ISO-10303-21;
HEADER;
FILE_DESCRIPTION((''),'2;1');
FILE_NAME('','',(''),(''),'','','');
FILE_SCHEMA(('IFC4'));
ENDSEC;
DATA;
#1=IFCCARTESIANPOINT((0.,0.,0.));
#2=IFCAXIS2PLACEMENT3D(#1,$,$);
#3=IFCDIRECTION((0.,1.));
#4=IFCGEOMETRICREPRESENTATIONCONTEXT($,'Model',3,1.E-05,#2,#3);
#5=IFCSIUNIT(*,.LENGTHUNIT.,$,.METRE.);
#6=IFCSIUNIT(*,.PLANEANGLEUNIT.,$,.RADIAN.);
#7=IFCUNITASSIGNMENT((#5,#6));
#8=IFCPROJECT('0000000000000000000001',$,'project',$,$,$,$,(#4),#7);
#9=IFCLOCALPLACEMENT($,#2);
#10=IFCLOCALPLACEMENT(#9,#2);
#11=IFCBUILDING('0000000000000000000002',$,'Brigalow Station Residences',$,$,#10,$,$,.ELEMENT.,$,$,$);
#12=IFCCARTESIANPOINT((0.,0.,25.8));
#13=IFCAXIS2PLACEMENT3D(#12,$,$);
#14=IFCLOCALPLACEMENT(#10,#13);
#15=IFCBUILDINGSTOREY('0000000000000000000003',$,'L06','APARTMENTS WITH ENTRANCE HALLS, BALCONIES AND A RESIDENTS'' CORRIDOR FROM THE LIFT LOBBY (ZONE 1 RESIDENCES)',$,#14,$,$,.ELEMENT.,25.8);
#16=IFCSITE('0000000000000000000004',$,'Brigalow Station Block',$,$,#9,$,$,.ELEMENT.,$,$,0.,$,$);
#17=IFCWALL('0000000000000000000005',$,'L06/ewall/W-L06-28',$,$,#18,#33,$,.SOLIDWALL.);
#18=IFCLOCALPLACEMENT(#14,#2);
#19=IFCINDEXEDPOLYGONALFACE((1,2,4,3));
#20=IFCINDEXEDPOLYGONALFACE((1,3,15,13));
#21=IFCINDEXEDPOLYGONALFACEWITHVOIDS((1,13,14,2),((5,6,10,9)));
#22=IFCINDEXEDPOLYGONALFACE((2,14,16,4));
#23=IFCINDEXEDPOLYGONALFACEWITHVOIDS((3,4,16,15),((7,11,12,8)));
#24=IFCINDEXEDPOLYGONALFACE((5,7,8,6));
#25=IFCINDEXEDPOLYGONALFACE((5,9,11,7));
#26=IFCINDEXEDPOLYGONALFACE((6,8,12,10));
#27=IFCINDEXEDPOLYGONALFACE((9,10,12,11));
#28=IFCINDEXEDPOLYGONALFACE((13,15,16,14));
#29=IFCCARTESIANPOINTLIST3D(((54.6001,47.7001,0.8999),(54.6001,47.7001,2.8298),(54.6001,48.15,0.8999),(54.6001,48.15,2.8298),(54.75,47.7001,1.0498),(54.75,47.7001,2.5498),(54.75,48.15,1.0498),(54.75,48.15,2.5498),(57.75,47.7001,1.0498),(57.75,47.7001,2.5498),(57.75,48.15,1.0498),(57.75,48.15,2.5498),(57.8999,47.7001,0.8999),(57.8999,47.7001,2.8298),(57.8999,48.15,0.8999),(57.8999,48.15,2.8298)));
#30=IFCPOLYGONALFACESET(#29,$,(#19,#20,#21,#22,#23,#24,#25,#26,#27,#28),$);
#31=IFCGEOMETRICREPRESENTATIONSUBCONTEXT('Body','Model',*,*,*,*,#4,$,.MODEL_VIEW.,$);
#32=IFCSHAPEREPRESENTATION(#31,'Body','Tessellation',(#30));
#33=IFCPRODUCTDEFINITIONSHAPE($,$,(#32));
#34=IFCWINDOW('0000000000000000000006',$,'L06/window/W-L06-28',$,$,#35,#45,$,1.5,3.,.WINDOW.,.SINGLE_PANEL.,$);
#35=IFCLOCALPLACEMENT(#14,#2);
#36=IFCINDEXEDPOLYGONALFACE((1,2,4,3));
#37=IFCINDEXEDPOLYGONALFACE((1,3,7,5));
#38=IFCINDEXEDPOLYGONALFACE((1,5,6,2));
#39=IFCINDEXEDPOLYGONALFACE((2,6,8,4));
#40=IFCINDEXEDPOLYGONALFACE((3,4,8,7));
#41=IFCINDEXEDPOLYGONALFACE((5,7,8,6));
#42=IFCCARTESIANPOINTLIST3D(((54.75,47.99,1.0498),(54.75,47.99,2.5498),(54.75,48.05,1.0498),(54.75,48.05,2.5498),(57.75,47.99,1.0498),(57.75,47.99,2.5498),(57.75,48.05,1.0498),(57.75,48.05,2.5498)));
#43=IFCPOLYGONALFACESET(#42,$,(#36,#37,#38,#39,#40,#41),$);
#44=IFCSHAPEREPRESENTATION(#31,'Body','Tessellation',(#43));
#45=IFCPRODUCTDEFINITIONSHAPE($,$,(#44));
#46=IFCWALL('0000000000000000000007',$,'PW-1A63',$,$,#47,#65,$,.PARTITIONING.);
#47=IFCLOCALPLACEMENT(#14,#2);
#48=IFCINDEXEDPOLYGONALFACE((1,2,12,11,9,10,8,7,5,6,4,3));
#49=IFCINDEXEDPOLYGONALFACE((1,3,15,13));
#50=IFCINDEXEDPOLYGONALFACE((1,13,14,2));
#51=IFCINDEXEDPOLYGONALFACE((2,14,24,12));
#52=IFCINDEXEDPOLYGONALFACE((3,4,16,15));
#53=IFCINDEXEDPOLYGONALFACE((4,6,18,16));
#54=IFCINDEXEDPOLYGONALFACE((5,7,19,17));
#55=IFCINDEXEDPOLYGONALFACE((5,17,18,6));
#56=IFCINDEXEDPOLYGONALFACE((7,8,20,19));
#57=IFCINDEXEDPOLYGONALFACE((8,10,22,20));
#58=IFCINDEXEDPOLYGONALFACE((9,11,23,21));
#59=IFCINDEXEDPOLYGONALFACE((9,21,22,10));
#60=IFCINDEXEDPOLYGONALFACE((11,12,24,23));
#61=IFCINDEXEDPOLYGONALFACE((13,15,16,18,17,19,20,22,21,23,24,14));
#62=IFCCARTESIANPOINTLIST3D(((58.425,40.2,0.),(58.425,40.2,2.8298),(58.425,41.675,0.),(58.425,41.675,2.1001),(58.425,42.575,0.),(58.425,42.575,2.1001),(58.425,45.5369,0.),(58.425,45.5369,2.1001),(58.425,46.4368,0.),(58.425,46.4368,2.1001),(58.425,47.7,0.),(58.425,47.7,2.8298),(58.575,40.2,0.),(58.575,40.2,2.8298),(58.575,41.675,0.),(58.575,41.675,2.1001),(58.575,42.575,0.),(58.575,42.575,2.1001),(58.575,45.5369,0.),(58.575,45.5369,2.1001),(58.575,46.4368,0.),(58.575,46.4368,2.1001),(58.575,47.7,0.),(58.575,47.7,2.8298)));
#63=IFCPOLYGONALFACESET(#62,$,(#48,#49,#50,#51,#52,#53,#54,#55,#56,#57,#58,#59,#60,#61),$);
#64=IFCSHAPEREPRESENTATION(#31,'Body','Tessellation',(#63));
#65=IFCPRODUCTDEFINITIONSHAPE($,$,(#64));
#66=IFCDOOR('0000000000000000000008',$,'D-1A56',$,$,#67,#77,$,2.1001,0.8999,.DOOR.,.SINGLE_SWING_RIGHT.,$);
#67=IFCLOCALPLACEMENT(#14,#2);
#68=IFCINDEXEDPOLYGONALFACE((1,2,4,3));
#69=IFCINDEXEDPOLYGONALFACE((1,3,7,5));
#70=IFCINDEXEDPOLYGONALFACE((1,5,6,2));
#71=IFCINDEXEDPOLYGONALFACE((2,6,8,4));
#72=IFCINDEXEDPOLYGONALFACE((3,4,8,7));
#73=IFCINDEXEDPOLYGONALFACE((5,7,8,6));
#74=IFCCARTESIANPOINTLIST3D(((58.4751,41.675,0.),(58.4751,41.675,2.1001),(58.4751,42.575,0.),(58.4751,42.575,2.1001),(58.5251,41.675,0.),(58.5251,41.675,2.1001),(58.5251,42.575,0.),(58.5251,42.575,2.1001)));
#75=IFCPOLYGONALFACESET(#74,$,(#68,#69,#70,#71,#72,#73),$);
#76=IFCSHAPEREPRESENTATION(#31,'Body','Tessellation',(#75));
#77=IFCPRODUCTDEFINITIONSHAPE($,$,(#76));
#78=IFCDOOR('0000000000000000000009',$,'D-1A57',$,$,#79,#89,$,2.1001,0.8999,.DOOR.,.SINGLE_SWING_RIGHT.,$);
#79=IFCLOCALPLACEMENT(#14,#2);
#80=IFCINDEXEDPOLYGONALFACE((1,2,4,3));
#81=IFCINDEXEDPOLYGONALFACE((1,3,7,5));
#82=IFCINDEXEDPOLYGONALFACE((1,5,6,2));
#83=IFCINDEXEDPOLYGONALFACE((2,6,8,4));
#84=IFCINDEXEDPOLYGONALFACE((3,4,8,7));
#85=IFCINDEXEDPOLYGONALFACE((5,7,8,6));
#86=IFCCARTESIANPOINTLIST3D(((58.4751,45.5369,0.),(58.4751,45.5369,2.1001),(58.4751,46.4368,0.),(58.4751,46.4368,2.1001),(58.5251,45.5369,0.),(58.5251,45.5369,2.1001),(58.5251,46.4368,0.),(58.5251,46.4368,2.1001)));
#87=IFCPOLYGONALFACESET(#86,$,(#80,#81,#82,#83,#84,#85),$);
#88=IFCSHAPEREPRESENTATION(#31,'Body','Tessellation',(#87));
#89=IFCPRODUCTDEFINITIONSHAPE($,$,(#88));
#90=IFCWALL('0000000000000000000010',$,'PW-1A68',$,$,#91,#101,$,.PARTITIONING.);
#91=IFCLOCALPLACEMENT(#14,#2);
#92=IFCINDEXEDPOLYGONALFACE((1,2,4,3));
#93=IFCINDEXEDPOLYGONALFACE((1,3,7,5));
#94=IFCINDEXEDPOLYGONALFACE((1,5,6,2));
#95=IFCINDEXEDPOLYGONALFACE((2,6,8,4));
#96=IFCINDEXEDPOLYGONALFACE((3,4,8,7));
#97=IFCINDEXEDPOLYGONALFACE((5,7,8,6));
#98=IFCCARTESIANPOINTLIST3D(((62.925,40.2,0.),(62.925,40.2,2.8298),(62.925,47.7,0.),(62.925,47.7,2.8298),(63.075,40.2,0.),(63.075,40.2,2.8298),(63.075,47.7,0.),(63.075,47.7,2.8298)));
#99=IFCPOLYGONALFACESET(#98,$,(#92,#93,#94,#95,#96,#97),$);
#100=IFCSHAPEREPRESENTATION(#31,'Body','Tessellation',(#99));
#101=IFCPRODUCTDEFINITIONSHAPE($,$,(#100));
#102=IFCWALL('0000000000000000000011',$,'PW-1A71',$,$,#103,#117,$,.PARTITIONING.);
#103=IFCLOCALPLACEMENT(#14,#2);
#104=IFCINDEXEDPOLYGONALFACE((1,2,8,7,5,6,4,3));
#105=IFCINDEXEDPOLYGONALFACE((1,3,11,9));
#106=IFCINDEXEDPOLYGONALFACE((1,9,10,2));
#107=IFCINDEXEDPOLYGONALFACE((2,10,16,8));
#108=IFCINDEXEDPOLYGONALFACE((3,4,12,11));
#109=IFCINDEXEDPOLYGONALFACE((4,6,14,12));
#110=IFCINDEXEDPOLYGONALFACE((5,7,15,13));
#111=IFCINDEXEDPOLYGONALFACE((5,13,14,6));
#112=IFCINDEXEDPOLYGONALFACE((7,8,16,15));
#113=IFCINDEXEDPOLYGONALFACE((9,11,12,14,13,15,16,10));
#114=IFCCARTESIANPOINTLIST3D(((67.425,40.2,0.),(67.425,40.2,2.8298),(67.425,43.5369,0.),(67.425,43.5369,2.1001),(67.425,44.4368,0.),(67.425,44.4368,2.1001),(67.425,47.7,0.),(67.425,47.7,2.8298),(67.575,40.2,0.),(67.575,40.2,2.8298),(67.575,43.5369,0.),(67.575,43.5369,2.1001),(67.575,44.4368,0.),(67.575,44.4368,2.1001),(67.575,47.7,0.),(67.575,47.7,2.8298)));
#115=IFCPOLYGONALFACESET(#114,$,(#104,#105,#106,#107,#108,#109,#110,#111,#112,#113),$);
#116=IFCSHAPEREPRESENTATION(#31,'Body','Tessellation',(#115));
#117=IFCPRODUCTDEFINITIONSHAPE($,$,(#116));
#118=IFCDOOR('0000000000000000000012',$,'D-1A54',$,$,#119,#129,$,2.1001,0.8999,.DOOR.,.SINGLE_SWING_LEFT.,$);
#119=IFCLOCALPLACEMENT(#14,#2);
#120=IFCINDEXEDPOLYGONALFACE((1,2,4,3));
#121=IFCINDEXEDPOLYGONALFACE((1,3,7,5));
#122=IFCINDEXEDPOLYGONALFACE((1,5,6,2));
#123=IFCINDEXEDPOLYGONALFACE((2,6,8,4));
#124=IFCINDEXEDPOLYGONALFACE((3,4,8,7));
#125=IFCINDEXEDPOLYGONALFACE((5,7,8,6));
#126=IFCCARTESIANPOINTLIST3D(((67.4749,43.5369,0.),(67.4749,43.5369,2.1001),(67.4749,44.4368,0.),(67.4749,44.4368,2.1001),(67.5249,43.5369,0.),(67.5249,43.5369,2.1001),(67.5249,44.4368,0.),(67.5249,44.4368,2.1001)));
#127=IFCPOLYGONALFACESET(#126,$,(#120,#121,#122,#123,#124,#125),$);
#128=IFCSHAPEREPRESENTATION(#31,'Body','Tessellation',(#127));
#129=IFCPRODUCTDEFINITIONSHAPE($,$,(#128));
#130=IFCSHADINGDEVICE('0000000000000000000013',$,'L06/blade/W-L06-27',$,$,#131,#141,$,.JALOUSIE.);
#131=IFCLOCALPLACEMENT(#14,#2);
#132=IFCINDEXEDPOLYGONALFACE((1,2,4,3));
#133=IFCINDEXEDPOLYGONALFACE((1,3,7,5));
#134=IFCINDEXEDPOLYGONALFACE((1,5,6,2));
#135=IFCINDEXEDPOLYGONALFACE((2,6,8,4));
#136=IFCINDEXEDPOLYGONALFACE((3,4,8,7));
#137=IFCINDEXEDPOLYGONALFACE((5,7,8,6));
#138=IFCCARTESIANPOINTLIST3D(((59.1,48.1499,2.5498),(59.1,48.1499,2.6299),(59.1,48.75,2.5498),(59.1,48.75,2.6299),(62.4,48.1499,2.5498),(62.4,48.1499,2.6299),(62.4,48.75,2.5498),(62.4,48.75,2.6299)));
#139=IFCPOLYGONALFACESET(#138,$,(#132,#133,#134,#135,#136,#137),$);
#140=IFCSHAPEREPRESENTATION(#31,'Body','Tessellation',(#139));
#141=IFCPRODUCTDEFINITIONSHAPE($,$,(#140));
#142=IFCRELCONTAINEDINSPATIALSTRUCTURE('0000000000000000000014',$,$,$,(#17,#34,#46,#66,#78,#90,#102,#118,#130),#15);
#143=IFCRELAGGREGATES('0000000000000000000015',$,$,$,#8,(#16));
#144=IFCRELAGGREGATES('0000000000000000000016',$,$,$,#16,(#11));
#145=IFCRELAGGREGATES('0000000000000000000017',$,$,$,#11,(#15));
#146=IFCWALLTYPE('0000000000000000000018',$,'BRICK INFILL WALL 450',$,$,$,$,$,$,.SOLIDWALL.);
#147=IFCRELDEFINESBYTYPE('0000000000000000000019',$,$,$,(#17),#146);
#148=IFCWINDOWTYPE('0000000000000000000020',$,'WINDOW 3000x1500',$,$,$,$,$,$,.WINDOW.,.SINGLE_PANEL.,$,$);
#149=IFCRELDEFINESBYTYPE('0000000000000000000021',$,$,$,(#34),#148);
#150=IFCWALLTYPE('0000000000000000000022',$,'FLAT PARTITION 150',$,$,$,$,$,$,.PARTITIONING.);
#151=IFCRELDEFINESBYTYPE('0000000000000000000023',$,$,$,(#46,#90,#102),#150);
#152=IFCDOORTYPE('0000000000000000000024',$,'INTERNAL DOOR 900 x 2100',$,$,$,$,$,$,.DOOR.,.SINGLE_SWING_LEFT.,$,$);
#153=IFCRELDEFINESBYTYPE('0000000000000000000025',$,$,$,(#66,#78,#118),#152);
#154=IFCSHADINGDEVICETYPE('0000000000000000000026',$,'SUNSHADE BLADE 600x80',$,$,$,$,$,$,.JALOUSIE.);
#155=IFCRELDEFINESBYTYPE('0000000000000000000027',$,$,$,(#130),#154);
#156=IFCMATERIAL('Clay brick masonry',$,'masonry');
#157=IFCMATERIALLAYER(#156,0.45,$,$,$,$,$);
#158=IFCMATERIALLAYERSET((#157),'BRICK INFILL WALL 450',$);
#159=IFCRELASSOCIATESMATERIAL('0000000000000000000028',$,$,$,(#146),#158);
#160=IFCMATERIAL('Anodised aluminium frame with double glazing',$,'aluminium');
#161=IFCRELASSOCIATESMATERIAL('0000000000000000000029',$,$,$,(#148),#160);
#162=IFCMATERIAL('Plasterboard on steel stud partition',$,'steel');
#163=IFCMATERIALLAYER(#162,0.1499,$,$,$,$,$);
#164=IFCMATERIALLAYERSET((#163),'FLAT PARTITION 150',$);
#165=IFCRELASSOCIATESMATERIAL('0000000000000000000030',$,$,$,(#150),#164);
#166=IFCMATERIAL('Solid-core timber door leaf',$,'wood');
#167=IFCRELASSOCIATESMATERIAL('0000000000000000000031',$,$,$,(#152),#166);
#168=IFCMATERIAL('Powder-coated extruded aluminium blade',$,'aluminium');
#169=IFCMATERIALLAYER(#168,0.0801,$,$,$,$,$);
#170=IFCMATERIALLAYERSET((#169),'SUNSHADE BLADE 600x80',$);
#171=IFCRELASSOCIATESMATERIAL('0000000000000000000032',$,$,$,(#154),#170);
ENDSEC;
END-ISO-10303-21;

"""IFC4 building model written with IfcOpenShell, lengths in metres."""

from ifc_helpers import new_model, si_unit, direction, frame, frame_2d, origin, origin_2d, place, context, subcontext, project, spatial, rectangle, extrude, material, layer, layer_set, type_object, element, fill, save


model = new_model("IFC4")

# Units and contexts
model_context = context("Model", 3, precision=1e-05, world=origin(), true_north=direction((0.0, 1.0)))
body_context = subcontext(model_context, "Body", "Model", "MODEL_VIEW")
ifc_project = project(units=[si_unit("LENGTHUNIT", "METRE"), si_unit("PLANEANGLEUNIT", "RADIAN")], contexts=[model_context])

# Site, building, storey
site_placement = place(None, origin())
site = spatial("IfcSite", under=ifc_project, at=site_placement, Name="Brigalow Station Block", CompositionType="ELEMENT", RefElevation=0.0)
building_placement = place(site_placement, origin())
building = spatial("IfcBuilding", under=site, at=building_placement, Name="Brigalow Station Residences", CompositionType="ELEMENT")
storey_placement = place(building_placement, frame((0.0, 0.0, 25.8)))
storey = spatial("IfcBuildingStorey", under=building, at=storey_placement, Name="L06", Description="APARTMENTS WITH ENTRANCE HALLS, BALCONIES AND A RESIDENTS' CORRIDOR FROM THE LIFT LOBBY (ZONE 1 RESIDENCES)", CompositionType="ELEMENT", Elevation=25.8)

# Shared definitions
ifc_material_1 = material(Name="Clay brick masonry", Category="masonry")
ifc_layer_1 = layer(ifc_material_1, 0.45)
ifc_layer_set_1 = layer_set([ifc_layer_1], Name="BRICK INFILL WALL 450")
wall_type_1 = type_object("IfcWallType", Name="BRICK INFILL WALL 450", PredefinedType="SOLIDWALL", material=ifc_layer_set_1)

# Wall, opening, window
ifc_material_2 = material(Name="Anodised aluminium frame with double glazing", Category="aluminium")
window_type = type_object("IfcWindowType", Name="WINDOW 3000x1500", PartitioningType="SINGLE_PANEL", PredefinedType="WINDOW", material=ifc_material_2)
wall_1_placement = place(storey_placement, frame((57.8999, 47.925, 0.8999), z_axis=(0.0, 0.0, 1.0), x_axis=(-1.0, 0.0, 0.0)))
wall_1 = element("IfcWall", 1, at=wall_1_placement, inside=storey, type_object=wall_type_1, Name="L06/ewall/W-L06-28", PredefinedType="SOLIDWALL", context=body_context, shape_type="SweptSolid", body=[
    extrude(rectangle(XDim=3.2998, YDim=0.45, at=frame_2d((1.6499, 0.0))), origin(), (0.0, 0.0, 1.0), 1.9299),
])
opening_1_placement = place(wall_1_placement, frame((0.1499, 0.0, 0.1499)))
opening_1 = element("IfcOpeningElement", 2, at=opening_1_placement, cuts=wall_1, PredefinedType="OPENING", context=body_context, shape_type="SweptSolid", body=[
    extrude(rectangle(XDim=3.0, YDim=1.5, at=frame_2d((1.5, 0.75))), frame((0.0, 0.2349, 0.0), z_axis=(0.0, -1.0, 0.0), x_axis=(1.0, 0.0, 0.0)), (0.0, 0.0, 1.0), 0.47),
])
window_1_placement = place(opening_1_placement, origin())
window_1 = element("IfcWindow", 3, at=window_1_placement, inside=storey, type_object=window_type, Name="L06/window/W-L06-28", OverallHeight=1.5, OverallWidth=3.0, PartitioningType="SINGLE_PANEL", PredefinedType="WINDOW", context=body_context, shape_type="SweptSolid", body=[
    extrude(rectangle(XDim=3.0, YDim=1.5, at=frame_2d((1.5, 0.75))), frame((0.0, -0.0649, 0.0), z_axis=(0.0, -1.0, 0.0), x_axis=(1.0, 0.0, 0.0)), (0.0, 0.0, 1.0), 0.0601),
])
fill(opening_1, window_1)

# Wall, openings, doors
ifc_material_3 = material(Name="Plasterboard on steel stud partition", Category="steel")
ifc_layer_2 = layer(ifc_material_3, 0.1499)
ifc_layer_set_2 = layer_set([ifc_layer_2], Name="FLAT PARTITION 150")
wall_type_2 = type_object("IfcWallType", Name="FLAT PARTITION 150", PredefinedType="PARTITIONING", material=ifc_layer_set_2)
wall_2_placement = place(storey_placement, frame((58.5, 40.2, 0.0), z_axis=(0.0, 0.0, 1.0), x_axis=(0.0, 1.0, 0.0)))
wall_2 = element("IfcWall", 4, at=wall_2_placement, inside=storey, type_object=wall_type_2, Name="PW-1A63", PredefinedType="PARTITIONING", context=body_context, shape_type="SweptSolid", body=[
    extrude(rectangle(XDim=7.5, YDim=0.1499, at=frame_2d((3.75, 0.0))), origin(), (0.0, 0.0, 1.0), 2.8298),
])
opening_2_placement = place(wall_2_placement, frame((1.4751, 0.0, 0.0)))
opening_2 = element("IfcOpeningElement", 5, at=opening_2_placement, cuts=wall_2, PredefinedType="OPENING", context=body_context, shape_type="SweptSolid", body=[
    extrude(rectangle(XDim=0.8999, YDim=2.1001, at=frame_2d((0.45, 1.05))), frame((0.0, 0.085, 0.0), z_axis=(0.0, -1.0, 0.0), x_axis=(1.0, 0.0, 0.0)), (0.0, 0.0, 1.0), 0.1699),
])
opening_3_placement = place(wall_2_placement, frame((5.3369, 0.0, 0.0)))
opening_3 = element("IfcOpeningElement", 6, at=opening_3_placement, cuts=wall_2, PredefinedType="OPENING", context=body_context, shape_type="SweptSolid", body=[
    extrude(rectangle(XDim=0.8999, YDim=2.1001, at=frame_2d((0.45, 1.05))), frame((0.0, 0.085, 0.0), z_axis=(0.0, -1.0, 0.0), x_axis=(1.0, 0.0, 0.0)), (0.0, 0.0, 1.0), 0.1699),
])
ifc_material_4 = material(Name="Solid-core timber door leaf", Category="wood")
door_type_1 = type_object("IfcDoorType", Name="INTERNAL DOOR 900 x 2100", OperationType="SINGLE_SWING_LEFT", PredefinedType="DOOR", material=ifc_material_4)
door_1_placement = place(opening_2_placement, origin())
door_1 = element("IfcDoor", 7, at=door_1_placement, inside=storey, type_object=door_type_1, Name="D-1A56", OperationType="SINGLE_SWING_RIGHT", OverallHeight=2.1001, OverallWidth=0.8999, PredefinedType="DOOR", context=body_context, shape_type="SweptSolid", body=[
    extrude(rectangle(XDim=0.8999, YDim=2.1001, at=frame_2d((0.45, 1.05))), frame((0.0, 0.0249, 0.0), z_axis=(0.0, -1.0, 0.0), x_axis=(1.0, 0.0, 0.0)), (0.0, 0.0, 1.0), 0.05),
])
fill(opening_2, door_1)
door_2_placement = place(opening_3_placement, origin())
door_2 = element("IfcDoor", 8, at=door_2_placement, inside=storey, type_object=door_type_1, Name="D-1A57", OperationType="SINGLE_SWING_RIGHT", OverallHeight=2.1001, OverallWidth=0.8999, PredefinedType="DOOR", context=body_context, shape_type="SweptSolid", body=[
    extrude(rectangle(XDim=0.8999, YDim=2.1001, at=frame_2d((0.45, 1.05))), frame((0.0, 0.0249, 0.0), z_axis=(0.0, -1.0, 0.0), x_axis=(1.0, 0.0, 0.0)), (0.0, 0.0, 1.0), 0.05),
])
fill(opening_3, door_2)

# Wall
wall_3_placement = place(storey_placement, frame((63.0, 40.2, 0.0), z_axis=(0.0, 0.0, 1.0), x_axis=(0.0, 1.0, 0.0)))
element("IfcWall", 9, at=wall_3_placement, inside=storey, type_object=wall_type_2, Name="PW-1A68", PredefinedType="PARTITIONING", context=body_context, shape_type="SweptSolid", body=[
    extrude(rectangle(XDim=7.5, YDim=0.1499, at=frame_2d((3.75, 0.0))), origin(), (0.0, 0.0, 1.0), 2.8298),
])

# Wall, opening, door
wall_4_placement = place(storey_placement, frame((67.5, 40.2, 0.0), z_axis=(0.0, 0.0, 1.0), x_axis=(0.0, 1.0, 0.0)))
wall_4 = element("IfcWall", 10, at=wall_4_placement, inside=storey, type_object=wall_type_2, Name="PW-1A71", PredefinedType="PARTITIONING", context=body_context, shape_type="SweptSolid", body=[
    extrude(rectangle(XDim=7.5, YDim=0.1499, at=frame_2d((3.75, 0.0))), origin(), (0.0, 0.0, 1.0), 2.8298),
])
opening_4_placement = place(wall_4_placement, frame((3.3369, 0.0, 0.0)))
opening_4 = element("IfcOpeningElement", 11, at=opening_4_placement, cuts=wall_4, PredefinedType="OPENING", context=body_context, shape_type="SweptSolid", body=[
    extrude(rectangle(XDim=0.8999, YDim=2.1001, at=frame_2d((0.45, 1.05))), frame((0.0, 0.085, 0.0), z_axis=(0.0, -1.0, 0.0), x_axis=(1.0, 0.0, 0.0)), (0.0, 0.0, 1.0), 0.1699),
])
door_3_placement = place(opening_4_placement, frame((0.8999, 0.0, 0.0), z_axis=(0.0, 0.0, 1.0), x_axis=(-1.0, 0.0, 0.0)))
door_3 = element("IfcDoor", 12, at=door_3_placement, inside=storey, type_object=door_type_1, Name="D-1A54", OperationType="SINGLE_SWING_LEFT", OverallHeight=2.1001, OverallWidth=0.8999, PredefinedType="DOOR", context=body_context, shape_type="SweptSolid", body=[
    extrude(rectangle(XDim=0.8999, YDim=2.1001, at=frame_2d((0.45, 1.05))), frame((0.0, 0.0249, 0.0), z_axis=(0.0, -1.0, 0.0), x_axis=(1.0, 0.0, 0.0)), (0.0, 0.0, 1.0), 0.05),
])
fill(opening_4, door_3)

# Shading device
ifc_material_5 = material(Name="Powder-coated extruded aluminium blade", Category="aluminium")
ifc_layer_3 = layer(ifc_material_5, 0.0801)
ifc_layer_set_3 = layer_set([ifc_layer_3], Name="SUNSHADE BLADE 600x80")
shading_device_type = type_object("IfcShadingDeviceType", Name="SUNSHADE BLADE 600x80", PredefinedType="JALOUSIE", material=ifc_layer_set_3)
shading_device_placement = place(storey_placement, frame((60.75, 48.45, 2.5498), z_axis=(0.0, 0.0, 1.0), x_axis=(-1.0, 0.0, 0.0)))
element("IfcShadingDevice", 13, at=shading_device_placement, inside=storey, type_object=shading_device_type, Name="L06/blade/W-L06-27", PredefinedType="JALOUSIE", context=body_context, shape_type="SweptSolid", body=[
    extrude(rectangle(XDim=3.3, YDim=0.6001, at=origin_2d()), origin(), (0.0, 0.0, 1.0), 0.0801),
])

save(model, "model.ifc")
